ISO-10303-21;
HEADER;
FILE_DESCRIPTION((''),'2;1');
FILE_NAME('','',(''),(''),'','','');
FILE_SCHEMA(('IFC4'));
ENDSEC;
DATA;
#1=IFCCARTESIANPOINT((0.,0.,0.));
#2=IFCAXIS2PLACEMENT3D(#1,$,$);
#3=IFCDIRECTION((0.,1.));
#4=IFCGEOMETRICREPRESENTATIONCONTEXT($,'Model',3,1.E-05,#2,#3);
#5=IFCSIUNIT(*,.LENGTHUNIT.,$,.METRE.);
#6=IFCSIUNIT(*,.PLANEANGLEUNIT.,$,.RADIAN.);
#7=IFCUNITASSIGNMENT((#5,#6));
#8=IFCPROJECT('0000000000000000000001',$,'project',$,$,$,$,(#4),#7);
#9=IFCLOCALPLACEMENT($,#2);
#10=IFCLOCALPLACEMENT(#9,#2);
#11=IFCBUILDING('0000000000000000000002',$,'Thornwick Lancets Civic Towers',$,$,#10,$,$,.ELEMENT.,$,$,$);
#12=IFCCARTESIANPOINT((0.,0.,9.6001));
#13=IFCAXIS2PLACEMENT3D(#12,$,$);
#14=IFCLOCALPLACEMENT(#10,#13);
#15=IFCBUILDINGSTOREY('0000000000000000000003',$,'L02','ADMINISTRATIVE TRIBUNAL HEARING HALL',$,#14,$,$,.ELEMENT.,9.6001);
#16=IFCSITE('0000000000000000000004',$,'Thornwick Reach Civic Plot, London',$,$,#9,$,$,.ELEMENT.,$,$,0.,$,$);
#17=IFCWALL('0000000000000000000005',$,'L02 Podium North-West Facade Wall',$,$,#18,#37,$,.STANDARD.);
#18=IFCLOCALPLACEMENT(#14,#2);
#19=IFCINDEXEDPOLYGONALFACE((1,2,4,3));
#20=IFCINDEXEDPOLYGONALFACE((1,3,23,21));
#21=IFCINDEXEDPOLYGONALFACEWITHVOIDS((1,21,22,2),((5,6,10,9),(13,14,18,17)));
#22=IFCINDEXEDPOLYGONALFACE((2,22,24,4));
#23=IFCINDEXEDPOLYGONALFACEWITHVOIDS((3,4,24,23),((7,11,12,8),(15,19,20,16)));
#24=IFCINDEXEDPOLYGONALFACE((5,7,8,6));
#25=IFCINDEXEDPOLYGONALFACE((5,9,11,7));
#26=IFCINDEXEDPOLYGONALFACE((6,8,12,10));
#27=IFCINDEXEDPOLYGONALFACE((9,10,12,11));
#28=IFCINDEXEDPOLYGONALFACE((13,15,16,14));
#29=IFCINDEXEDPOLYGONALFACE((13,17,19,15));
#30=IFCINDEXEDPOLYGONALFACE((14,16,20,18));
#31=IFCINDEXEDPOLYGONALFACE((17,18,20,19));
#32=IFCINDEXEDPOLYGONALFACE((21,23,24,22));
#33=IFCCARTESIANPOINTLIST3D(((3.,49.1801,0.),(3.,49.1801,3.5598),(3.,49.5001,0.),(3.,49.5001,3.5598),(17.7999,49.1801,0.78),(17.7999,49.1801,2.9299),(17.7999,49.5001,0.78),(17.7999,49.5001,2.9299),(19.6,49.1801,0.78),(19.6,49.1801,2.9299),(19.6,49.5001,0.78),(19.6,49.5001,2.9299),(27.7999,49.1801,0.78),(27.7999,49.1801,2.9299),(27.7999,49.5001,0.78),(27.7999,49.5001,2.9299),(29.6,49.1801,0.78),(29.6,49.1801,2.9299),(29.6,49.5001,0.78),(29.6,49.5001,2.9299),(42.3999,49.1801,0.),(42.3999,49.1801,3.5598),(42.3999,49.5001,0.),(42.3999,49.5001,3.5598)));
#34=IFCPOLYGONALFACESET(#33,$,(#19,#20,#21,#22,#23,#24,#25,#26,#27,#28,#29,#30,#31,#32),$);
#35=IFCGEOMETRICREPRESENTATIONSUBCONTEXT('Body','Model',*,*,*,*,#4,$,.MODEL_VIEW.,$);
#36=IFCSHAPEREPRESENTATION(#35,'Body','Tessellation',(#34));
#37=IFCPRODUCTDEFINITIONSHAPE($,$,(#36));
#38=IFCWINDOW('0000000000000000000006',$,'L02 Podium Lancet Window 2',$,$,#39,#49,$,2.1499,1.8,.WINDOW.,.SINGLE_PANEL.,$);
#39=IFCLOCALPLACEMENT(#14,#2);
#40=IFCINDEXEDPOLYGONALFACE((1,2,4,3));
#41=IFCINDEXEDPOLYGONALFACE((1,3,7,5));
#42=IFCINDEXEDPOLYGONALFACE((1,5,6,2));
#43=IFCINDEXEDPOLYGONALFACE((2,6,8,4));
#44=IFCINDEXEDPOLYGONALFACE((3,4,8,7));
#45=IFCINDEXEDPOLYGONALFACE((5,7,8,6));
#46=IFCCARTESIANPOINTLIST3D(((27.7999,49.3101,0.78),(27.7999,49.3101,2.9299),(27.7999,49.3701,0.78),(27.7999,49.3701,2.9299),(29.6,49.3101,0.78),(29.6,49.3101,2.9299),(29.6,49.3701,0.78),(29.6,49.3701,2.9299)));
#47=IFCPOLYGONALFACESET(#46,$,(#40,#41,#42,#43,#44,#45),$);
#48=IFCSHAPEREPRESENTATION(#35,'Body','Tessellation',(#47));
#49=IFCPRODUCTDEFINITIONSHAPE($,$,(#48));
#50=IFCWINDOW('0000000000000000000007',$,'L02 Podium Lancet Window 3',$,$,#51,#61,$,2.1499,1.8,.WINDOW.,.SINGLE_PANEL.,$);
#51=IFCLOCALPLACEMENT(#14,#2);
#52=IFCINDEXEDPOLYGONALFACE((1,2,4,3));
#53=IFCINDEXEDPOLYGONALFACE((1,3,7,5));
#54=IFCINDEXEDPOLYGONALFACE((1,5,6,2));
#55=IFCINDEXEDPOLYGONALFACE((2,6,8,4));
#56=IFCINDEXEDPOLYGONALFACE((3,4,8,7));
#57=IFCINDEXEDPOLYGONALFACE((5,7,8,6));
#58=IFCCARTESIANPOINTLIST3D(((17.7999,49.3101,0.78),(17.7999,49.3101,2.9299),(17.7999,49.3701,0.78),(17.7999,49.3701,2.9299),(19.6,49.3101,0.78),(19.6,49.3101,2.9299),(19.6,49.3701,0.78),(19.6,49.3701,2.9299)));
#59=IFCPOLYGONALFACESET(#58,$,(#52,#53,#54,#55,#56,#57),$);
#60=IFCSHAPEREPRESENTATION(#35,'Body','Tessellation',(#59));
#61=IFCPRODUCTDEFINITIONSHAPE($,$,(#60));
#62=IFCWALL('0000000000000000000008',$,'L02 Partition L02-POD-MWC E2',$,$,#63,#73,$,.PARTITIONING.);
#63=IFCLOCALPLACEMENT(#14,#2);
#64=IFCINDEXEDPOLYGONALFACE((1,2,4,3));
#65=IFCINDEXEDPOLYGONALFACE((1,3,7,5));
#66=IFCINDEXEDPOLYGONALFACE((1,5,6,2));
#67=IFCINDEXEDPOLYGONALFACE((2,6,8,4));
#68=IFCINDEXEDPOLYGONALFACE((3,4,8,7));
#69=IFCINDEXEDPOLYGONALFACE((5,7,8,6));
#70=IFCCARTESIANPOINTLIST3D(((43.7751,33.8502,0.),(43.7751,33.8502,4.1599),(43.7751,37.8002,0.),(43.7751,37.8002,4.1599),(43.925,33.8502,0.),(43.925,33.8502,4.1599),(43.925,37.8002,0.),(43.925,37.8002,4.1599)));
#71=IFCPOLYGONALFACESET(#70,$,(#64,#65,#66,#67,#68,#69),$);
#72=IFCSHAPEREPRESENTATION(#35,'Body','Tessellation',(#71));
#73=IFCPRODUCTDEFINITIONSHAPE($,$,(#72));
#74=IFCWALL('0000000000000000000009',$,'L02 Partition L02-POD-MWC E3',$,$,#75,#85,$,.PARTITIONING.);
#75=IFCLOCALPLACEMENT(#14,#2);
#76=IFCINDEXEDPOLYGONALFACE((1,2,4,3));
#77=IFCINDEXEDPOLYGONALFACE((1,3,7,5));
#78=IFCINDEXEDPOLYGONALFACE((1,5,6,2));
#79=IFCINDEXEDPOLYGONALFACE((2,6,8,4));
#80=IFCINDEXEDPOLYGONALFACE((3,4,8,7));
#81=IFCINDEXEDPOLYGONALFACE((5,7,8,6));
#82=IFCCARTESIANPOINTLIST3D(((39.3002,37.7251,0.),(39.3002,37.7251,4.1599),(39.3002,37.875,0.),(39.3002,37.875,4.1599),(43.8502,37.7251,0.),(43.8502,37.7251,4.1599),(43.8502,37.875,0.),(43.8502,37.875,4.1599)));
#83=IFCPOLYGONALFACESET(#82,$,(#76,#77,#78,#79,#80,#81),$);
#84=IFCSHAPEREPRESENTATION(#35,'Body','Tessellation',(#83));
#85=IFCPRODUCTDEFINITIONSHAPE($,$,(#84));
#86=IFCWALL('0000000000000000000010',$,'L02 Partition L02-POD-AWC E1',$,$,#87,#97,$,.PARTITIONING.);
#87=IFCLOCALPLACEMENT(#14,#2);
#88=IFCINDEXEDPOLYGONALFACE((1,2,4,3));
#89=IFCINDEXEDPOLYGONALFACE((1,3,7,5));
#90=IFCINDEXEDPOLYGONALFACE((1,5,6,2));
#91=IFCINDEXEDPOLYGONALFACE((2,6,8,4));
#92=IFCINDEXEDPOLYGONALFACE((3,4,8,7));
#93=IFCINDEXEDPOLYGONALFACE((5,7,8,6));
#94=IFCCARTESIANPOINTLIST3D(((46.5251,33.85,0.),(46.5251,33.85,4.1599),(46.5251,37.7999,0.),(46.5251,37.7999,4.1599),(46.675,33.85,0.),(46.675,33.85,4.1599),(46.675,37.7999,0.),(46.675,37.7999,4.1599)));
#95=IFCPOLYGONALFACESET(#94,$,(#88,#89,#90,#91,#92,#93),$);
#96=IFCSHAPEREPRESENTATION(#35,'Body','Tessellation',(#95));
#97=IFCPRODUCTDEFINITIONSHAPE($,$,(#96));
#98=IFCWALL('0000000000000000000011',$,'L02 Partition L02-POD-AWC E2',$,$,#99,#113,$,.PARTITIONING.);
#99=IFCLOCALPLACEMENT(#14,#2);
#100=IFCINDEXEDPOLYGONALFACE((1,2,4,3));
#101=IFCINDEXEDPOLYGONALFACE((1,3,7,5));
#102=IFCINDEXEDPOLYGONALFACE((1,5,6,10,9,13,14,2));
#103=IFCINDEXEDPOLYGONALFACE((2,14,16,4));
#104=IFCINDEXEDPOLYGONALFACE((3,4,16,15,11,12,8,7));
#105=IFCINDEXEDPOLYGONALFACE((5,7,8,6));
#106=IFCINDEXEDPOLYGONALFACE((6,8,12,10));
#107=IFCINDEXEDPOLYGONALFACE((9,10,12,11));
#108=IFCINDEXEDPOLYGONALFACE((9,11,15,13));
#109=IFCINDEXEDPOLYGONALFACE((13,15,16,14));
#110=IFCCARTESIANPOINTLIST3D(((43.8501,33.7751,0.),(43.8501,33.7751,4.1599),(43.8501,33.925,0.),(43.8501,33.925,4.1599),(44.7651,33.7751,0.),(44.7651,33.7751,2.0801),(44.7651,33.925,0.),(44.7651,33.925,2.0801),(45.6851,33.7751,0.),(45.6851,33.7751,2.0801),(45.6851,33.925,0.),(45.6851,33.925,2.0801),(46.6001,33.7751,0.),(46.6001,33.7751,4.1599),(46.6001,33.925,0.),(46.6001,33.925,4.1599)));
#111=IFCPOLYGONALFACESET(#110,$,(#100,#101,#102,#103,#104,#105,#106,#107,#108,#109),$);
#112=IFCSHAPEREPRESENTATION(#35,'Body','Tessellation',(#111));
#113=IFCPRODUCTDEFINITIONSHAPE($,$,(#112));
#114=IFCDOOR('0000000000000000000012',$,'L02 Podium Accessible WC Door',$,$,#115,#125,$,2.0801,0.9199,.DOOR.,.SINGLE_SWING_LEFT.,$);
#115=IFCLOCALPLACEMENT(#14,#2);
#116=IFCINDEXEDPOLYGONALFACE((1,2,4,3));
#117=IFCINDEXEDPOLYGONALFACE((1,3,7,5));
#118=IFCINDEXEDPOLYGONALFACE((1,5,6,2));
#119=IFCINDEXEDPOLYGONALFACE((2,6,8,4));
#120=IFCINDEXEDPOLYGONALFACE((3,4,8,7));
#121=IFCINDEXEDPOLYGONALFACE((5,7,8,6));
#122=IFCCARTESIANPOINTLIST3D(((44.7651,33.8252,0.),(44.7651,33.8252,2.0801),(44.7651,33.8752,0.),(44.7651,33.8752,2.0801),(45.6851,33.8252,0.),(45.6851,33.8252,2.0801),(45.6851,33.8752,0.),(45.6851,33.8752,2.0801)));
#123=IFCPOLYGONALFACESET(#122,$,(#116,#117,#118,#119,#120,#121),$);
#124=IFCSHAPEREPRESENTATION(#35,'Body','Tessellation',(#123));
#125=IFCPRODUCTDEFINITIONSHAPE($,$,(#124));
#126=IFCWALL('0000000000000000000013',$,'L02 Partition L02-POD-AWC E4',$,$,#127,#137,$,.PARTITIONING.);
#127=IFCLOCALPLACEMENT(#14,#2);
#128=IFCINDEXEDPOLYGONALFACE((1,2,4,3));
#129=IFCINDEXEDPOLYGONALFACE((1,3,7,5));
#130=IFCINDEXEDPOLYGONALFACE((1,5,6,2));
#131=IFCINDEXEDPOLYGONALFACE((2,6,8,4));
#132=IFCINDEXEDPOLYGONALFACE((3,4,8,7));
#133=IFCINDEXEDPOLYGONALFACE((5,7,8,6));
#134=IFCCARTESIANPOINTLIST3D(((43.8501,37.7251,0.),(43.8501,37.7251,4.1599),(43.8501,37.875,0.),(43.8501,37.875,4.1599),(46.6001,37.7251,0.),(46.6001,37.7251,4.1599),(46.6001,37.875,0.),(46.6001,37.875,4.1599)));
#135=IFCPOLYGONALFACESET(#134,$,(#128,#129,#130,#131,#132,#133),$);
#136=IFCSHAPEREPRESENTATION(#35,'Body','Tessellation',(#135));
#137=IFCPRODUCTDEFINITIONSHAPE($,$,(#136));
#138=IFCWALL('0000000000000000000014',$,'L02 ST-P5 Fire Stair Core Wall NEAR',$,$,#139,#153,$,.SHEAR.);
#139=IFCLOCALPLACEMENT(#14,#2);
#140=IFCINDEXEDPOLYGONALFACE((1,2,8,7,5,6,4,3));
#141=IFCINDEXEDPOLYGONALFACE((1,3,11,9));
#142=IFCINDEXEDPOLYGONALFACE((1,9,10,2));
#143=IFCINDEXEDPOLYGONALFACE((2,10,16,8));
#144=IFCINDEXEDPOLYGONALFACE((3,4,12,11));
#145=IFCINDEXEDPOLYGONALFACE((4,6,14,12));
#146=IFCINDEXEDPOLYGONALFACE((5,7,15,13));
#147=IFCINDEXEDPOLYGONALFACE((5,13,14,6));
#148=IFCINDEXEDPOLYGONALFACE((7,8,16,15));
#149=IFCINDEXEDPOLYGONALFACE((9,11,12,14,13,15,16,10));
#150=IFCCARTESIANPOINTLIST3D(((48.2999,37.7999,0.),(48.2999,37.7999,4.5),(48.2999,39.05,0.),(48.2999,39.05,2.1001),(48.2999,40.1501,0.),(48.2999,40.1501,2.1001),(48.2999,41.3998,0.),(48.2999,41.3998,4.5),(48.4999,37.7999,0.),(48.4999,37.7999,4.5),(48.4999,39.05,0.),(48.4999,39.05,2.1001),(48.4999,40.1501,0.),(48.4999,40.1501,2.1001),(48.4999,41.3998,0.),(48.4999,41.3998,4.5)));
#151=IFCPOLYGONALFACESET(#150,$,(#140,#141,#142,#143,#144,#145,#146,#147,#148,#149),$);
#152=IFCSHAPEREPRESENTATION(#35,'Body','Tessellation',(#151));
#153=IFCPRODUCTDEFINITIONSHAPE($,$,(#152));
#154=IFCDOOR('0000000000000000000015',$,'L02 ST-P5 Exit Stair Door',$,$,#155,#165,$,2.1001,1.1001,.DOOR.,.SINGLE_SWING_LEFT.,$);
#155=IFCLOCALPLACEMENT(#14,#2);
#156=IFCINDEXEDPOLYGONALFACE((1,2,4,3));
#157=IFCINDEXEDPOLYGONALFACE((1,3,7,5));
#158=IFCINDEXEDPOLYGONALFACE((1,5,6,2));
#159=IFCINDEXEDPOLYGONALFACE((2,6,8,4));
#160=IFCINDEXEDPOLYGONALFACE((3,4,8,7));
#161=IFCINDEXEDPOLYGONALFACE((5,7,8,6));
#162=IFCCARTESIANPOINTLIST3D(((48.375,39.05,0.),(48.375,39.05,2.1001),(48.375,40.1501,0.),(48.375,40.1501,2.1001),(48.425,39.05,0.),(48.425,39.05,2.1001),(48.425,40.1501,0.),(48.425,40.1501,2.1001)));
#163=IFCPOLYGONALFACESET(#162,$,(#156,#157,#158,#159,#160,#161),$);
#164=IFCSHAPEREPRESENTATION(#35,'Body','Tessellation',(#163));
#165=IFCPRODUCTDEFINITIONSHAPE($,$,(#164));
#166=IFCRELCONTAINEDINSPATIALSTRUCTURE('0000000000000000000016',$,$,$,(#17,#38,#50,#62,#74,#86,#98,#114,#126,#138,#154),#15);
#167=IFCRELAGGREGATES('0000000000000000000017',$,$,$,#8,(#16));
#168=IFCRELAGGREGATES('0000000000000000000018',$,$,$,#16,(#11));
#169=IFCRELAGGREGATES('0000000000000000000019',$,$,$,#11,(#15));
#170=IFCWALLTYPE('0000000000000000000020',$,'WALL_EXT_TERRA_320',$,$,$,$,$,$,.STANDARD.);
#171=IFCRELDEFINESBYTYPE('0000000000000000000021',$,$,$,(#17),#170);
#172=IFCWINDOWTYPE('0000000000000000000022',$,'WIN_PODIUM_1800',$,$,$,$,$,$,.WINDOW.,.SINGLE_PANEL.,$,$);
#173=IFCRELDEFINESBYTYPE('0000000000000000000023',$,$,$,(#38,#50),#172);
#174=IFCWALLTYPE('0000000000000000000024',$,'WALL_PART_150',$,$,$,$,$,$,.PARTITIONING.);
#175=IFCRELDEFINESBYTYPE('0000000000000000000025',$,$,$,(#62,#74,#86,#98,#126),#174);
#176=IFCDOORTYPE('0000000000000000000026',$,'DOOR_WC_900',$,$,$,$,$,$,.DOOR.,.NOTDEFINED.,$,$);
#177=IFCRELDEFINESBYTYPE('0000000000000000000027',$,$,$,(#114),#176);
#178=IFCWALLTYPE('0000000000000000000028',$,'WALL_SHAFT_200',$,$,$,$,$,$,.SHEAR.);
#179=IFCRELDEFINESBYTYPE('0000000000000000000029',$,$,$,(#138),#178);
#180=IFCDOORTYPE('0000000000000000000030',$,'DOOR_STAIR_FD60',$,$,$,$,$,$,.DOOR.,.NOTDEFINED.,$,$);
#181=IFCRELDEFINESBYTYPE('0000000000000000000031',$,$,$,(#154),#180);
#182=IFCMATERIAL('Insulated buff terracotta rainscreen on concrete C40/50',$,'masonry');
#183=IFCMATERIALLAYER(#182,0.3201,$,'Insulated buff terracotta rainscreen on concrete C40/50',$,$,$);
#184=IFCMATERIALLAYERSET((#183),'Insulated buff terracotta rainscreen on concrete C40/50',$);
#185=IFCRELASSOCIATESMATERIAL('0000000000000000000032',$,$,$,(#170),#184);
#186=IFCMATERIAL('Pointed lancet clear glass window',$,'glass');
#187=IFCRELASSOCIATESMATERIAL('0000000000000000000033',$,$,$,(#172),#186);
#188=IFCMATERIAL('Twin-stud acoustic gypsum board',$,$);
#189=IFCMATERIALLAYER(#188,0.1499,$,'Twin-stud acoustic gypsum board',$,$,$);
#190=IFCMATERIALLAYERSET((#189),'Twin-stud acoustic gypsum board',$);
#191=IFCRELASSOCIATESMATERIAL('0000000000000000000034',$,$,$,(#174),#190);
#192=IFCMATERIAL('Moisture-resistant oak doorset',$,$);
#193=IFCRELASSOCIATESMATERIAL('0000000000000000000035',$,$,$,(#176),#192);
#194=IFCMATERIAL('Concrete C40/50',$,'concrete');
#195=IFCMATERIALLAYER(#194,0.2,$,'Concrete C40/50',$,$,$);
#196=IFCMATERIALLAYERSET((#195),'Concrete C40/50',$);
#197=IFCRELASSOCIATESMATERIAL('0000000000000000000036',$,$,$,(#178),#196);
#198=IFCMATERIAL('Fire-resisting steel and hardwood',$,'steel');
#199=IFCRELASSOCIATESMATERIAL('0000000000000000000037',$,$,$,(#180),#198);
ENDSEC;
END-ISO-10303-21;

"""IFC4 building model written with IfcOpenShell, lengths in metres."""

from ifc_helpers import new_model, si_unit, direction, frame, frame_2d, origin, place, context, subcontext, project, spatial, rectangle, extrude, material, layer, layer_set, type_object, element, fill, save


model = new_model("IFC4")

# Units and contexts
model_context = context("Model", 3, precision=1e-05, world=origin(), true_north=direction((0.0, 1.0)))
body_context = subcontext(model_context, "Body", "Model", "MODEL_VIEW")
ifc_project = project(units=[si_unit("LENGTHUNIT", "METRE"), si_unit("PLANEANGLEUNIT", "RADIAN")], contexts=[model_context])

# Site, building, storey
site_placement = place(None, origin())
site = spatial("IfcSite", under=ifc_project, at=site_placement, Name="Thornwick Reach Civic Plot, London", CompositionType="ELEMENT", RefElevation=0.0)
building_placement = place(site_placement, origin())
building = spatial("IfcBuilding", under=site, at=building_placement, Name="Thornwick Lancets Civic Towers", CompositionType="ELEMENT")
storey_placement = place(building_placement, frame((0.0, 0.0, 9.6001)))
storey = spatial("IfcBuildingStorey", under=building, at=storey_placement, Name="L02", Description="ADMINISTRATIVE TRIBUNAL HEARING HALL", CompositionType="ELEMENT", Elevation=9.6001)

# Shared definitions
ifc_material_1 = material(Name="Concrete C40/50", Category="concrete")

# Shared definitions
ifc_material_2 = material(Name="Insulated buff terracotta rainscreen on concrete C40/50", Category="masonry")
ifc_layer_1 = layer(ifc_material_2, 0.3201, Name="Insulated buff terracotta rainscreen on concrete C40/50")
ifc_layer_set_1 = layer_set([ifc_layer_1], Name="Insulated buff terracotta rainscreen on concrete C40/50")
wall_type_1 = type_object("IfcWallType", Name="WALL_EXT_TERRA_320", PredefinedType="STANDARD", material=ifc_layer_set_1)

# Wall, openings, windows
wall_1_placement = place(storey_placement, frame((42.3999, 49.3401, 0.0), z_axis=(0.0, 0.0, 1.0), x_axis=(-1.0, 0.0, 0.0)))
wall_1 = element("IfcWall", 1, at=wall_1_placement, inside=storey, type_object=wall_type_1, Name="L02 Podium North-West Facade Wall", PredefinedType="STANDARD", context=body_context, shape_type="SweptSolid", body=[
    extrude(rectangle(XDim=39.3999, YDim=0.3201, at=frame_2d((19.7, 0.0))), origin(), (0.0, 0.0, 1.0), 3.5598),
])
opening_1_placement = place(wall_1_placement, frame((12.8, 0.0, 0.78)))
opening_1 = element("IfcOpeningElement", 2, at=opening_1_placement, cuts=wall_1, PredefinedType="OPENING", context=body_context, shape_type="SweptSolid", body=[
    extrude(rectangle(XDim=1.8, YDim=2.1499, at=frame_2d((0.8999, 1.075))), frame((0.0, 0.1699, 0.0), z_axis=(0.0, -1.0, 0.0), x_axis=(1.0, 0.0, 0.0)), (0.0, 0.0, 1.0), 0.3401),
])
opening_2_placement = place(wall_1_placement, frame((22.8, 0.0, 0.78)))
opening_2 = element("IfcOpeningElement", 3, at=opening_2_placement, cuts=wall_1, PredefinedType="OPENING", context=body_context, shape_type="SweptSolid", body=[
    extrude(rectangle(XDim=1.8, YDim=2.1499, at=frame_2d((0.8999, 1.075))), frame((0.0, 0.1699, 0.0), z_axis=(0.0, -1.0, 0.0), x_axis=(1.0, 0.0, 0.0)), (0.0, 0.0, 1.0), 0.3401),
])
ifc_material_3 = material(Name="Pointed lancet clear glass window", Category="glass")
window_type = type_object("IfcWindowType", Name="WIN_PODIUM_1800", PartitioningType="SINGLE_PANEL", PredefinedType="WINDOW", material=ifc_material_3)
window_1_placement = place(opening_1_placement, origin())
window_1 = element("IfcWindow", 4, at=window_1_placement, inside=storey, type_object=window_type, Name="L02 Podium Lancet Window 2", OverallHeight=2.1499, OverallWidth=1.8, PartitioningType="SINGLE_PANEL", PredefinedType="WINDOW", context=body_context, shape_type="SweptSolid", body=[
    extrude(rectangle(XDim=1.8, YDim=2.1499, at=frame_2d((0.8999, 1.075))), frame((0.0, 0.03, 0.0), z_axis=(0.0, -1.0, 0.0), x_axis=(1.0, 0.0, 0.0)), (0.0, 0.0, 1.0), 0.0601),
])
fill(opening_1, window_1)
window_2_placement = place(opening_2_placement, origin())
window_2 = element("IfcWindow", 5, at=window_2_placement, inside=storey, type_object=window_type, Name="L02 Podium Lancet Window 3", OverallHeight=2.1499, OverallWidth=1.8, PartitioningType="SINGLE_PANEL", PredefinedType="WINDOW", context=body_context, shape_type="SweptSolid", body=[
    extrude(rectangle(XDim=1.8, YDim=2.1499, at=frame_2d((0.8999, 1.075))), frame((0.0, 0.03, 0.0), z_axis=(0.0, -1.0, 0.0), x_axis=(1.0, 0.0, 0.0)), (0.0, 0.0, 1.0), 0.0601),
])
fill(opening_2, window_2)

# Walls
ifc_material_4 = material(Name="Twin-stud acoustic gypsum board")
ifc_layer_2 = layer(ifc_material_4, 0.1499, Name="Twin-stud acoustic gypsum board")
ifc_layer_set_2 = layer_set([ifc_layer_2], Name="Twin-stud acoustic gypsum board")
wall_type_2 = type_object("IfcWallType", Name="WALL_PART_150", PredefinedType="PARTITIONING", material=ifc_layer_set_2)
wall_2_placement = place(storey_placement, frame((43.8501, 33.8501, 0.0), z_axis=(0.0, 0.0, 1.0), x_axis=(0.0, 1.0, 0.0)))
element("IfcWall", 6, at=wall_2_placement, inside=storey, type_object=wall_type_2, Name="L02 Partition L02-POD-MWC E2", PredefinedType="PARTITIONING", context=body_context, shape_type="SweptSolid", body=[
    extrude(rectangle(XDim=3.95, YDim=0.1499, at=frame_2d((1.9751, 0.0))), origin(), (0.0, 0.0, 1.0), 4.1599),
])
wall_3_placement = place(storey_placement, frame((43.8501, 37.8, 0.0), z_axis=(0.0, 0.0, 1.0), x_axis=(-1.0, 0.0, 0.0)))
element("IfcWall", 7, at=wall_3_placement, inside=storey, type_object=wall_type_2, Name="L02 Partition L02-POD-MWC E3", PredefinedType="PARTITIONING", context=body_context, shape_type="SweptSolid", body=[
    extrude(rectangle(XDim=4.55, YDim=0.1499, at=frame_2d((2.2749, 0.0))), origin(), (0.0, 0.0, 1.0), 4.1599),
])
wall_4_placement = place(storey_placement, frame((46.6001, 37.8, 0.0), z_axis=(0.0, 0.0, 1.0), x_axis=(0.0, -1.0, 0.0)))
element("IfcWall", 8, at=wall_4_placement, inside=storey, type_object=wall_type_2, Name="L02 Partition L02-POD-AWC E1", PredefinedType="PARTITIONING", context=body_context, shape_type="SweptSolid", body=[
    extrude(rectangle(XDim=3.95, YDim=0.1499, at=frame_2d((1.9751, 0.0))), origin(), (0.0, 0.0, 1.0), 4.1599),
])

# Wall, opening, door
wall_5_placement = place(storey_placement, frame((46.6001, 33.8501, 0.0), z_axis=(0.0, 0.0, 1.0), x_axis=(-1.0, 0.0, 0.0)))
wall_5 = element("IfcWall", 9, at=wall_5_placement, inside=storey, type_object=wall_type_2, Name="L02 Partition L02-POD-AWC E2", PredefinedType="PARTITIONING", context=body_context, shape_type="SweptSolid", body=[
    extrude(rectangle(XDim=2.75, YDim=0.1499, at=frame_2d((1.375, 0.0))), origin(), (0.0, 0.0, 1.0), 4.1599),
])
opening_3_placement = place(wall_5_placement, frame((0.915, 0.0, 0.0)))
opening_3 = element("IfcOpeningElement", 10, at=opening_3_placement, cuts=wall_5, PredefinedType="OPENING", context=body_context, shape_type="SweptSolid", body=[
    extrude(rectangle(XDim=0.9199, YDim=2.0801, at=frame_2d((0.46, 1.04))), frame((0.0, 0.085, 0.0), z_axis=(0.0, -1.0, 0.0), x_axis=(1.0, 0.0, 0.0)), (0.0, 0.0, 1.0), 0.1699),
])
ifc_material_5 = material(Name="Moisture-resistant oak doorset")
door_type_1 = type_object("IfcDoorType", Name="DOOR_WC_900", OperationType="NOTDEFINED", PredefinedType="DOOR", material=ifc_material_5)
door_1_placement = place(opening_3_placement, origin())
door_1 = element("IfcDoor", 11, at=door_1_placement, inside=storey, type_object=door_type_1, Name="L02 Podium Accessible WC Door", OperationType="SINGLE_SWING_LEFT", OverallHeight=2.0801, OverallWidth=0.9199, PredefinedType="DOOR", context=body_context, shape_type="SweptSolid", body=[
    extrude(rectangle(XDim=0.9199, YDim=2.0801, at=frame_2d((0.46, 1.04))), frame((0.0, 0.0249, 0.0), z_axis=(0.0, -1.0, 0.0), x_axis=(1.0, 0.0, 0.0)), (0.0, 0.0, 1.0), 0.05),
])
fill(opening_3, door_1)

# Wall
wall_6_placement = place(storey_placement, frame((43.8501, 37.8, 0.0), z_axis=(0.0, 0.0, 1.0), x_axis=(1.0, 0.0, 0.0)))
element("IfcWall", 12, at=wall_6_placement, inside=storey, type_object=wall_type_2, Name="L02 Partition L02-POD-AWC E4", PredefinedType="PARTITIONING", context=body_context, shape_type="SweptSolid", body=[
    extrude(rectangle(XDim=2.75, YDim=0.1499, at=frame_2d((1.375, 0.0))), origin(), (0.0, 0.0, 1.0), 4.1599),
])

# Wall, opening, door
ifc_layer_3 = layer(ifc_material_1, 0.2, Name="Concrete C40/50")
ifc_layer_set_3 = layer_set([ifc_layer_3], Name="Concrete C40/50")
wall_type_3 = type_object("IfcWallType", Name="WALL_SHAFT_200", PredefinedType="SHEAR", material=ifc_layer_set_3)
wall_7_placement = place(storey_placement, frame((48.3999, 37.8, 0.0), z_axis=(0.0, 0.0, 1.0), x_axis=(0.0, 1.0, 0.0)))
wall_7 = element("IfcWall", 13, at=wall_7_placement, inside=storey, type_object=wall_type_3, Name="L02 ST-P5 Fire Stair Core Wall NEAR", PredefinedType="SHEAR", context=body_context, shape_type="SweptSolid", body=[
    extrude(rectangle(XDim=3.5999, YDim=0.2, at=frame_2d((1.7998, 0.0))), origin(), (0.0, 0.0, 1.0), 4.5),
])
opening_4_placement = place(wall_7_placement, frame((1.25, 0.0, 0.0)))
opening_4 = element("IfcOpeningElement", 14, at=opening_4_placement, cuts=wall_7, PredefinedType="OPENING", context=body_context, shape_type="SweptSolid", body=[
    extrude(rectangle(XDim=1.1001, YDim=2.1001, at=frame_2d((0.55, 1.05))), frame((0.0, 0.1099, 0.0), z_axis=(0.0, -1.0, 0.0), x_axis=(1.0, 0.0, 0.0)), (0.0, 0.0, 1.0), 0.22),
])
ifc_material_6 = material(Name="Fire-resisting steel and hardwood", Category="steel")
door_type_2 = type_object("IfcDoorType", Name="DOOR_STAIR_FD60", OperationType="NOTDEFINED", PredefinedType="DOOR", material=ifc_material_6)
door_2_placement = place(opening_4_placement, origin())
door_2 = element("IfcDoor", 15, at=door_2_placement, inside=storey, type_object=door_type_2, Name="L02 ST-P5 Exit Stair Door", OperationType="SINGLE_SWING_LEFT", OverallHeight=2.1001, OverallWidth=1.1001, PredefinedType="DOOR", context=body_context, shape_type="SweptSolid", body=[
    extrude(rectangle(XDim=1.1001, YDim=2.1001, at=frame_2d((0.55, 1.05))), frame((0.0, 0.0249, 0.0), z_axis=(0.0, -1.0, 0.0), x_axis=(1.0, 0.0, 0.0)), (0.0, 0.0, 1.0), 0.05),
])
fill(opening_4, door_2)

save(model, "model.ifc")
